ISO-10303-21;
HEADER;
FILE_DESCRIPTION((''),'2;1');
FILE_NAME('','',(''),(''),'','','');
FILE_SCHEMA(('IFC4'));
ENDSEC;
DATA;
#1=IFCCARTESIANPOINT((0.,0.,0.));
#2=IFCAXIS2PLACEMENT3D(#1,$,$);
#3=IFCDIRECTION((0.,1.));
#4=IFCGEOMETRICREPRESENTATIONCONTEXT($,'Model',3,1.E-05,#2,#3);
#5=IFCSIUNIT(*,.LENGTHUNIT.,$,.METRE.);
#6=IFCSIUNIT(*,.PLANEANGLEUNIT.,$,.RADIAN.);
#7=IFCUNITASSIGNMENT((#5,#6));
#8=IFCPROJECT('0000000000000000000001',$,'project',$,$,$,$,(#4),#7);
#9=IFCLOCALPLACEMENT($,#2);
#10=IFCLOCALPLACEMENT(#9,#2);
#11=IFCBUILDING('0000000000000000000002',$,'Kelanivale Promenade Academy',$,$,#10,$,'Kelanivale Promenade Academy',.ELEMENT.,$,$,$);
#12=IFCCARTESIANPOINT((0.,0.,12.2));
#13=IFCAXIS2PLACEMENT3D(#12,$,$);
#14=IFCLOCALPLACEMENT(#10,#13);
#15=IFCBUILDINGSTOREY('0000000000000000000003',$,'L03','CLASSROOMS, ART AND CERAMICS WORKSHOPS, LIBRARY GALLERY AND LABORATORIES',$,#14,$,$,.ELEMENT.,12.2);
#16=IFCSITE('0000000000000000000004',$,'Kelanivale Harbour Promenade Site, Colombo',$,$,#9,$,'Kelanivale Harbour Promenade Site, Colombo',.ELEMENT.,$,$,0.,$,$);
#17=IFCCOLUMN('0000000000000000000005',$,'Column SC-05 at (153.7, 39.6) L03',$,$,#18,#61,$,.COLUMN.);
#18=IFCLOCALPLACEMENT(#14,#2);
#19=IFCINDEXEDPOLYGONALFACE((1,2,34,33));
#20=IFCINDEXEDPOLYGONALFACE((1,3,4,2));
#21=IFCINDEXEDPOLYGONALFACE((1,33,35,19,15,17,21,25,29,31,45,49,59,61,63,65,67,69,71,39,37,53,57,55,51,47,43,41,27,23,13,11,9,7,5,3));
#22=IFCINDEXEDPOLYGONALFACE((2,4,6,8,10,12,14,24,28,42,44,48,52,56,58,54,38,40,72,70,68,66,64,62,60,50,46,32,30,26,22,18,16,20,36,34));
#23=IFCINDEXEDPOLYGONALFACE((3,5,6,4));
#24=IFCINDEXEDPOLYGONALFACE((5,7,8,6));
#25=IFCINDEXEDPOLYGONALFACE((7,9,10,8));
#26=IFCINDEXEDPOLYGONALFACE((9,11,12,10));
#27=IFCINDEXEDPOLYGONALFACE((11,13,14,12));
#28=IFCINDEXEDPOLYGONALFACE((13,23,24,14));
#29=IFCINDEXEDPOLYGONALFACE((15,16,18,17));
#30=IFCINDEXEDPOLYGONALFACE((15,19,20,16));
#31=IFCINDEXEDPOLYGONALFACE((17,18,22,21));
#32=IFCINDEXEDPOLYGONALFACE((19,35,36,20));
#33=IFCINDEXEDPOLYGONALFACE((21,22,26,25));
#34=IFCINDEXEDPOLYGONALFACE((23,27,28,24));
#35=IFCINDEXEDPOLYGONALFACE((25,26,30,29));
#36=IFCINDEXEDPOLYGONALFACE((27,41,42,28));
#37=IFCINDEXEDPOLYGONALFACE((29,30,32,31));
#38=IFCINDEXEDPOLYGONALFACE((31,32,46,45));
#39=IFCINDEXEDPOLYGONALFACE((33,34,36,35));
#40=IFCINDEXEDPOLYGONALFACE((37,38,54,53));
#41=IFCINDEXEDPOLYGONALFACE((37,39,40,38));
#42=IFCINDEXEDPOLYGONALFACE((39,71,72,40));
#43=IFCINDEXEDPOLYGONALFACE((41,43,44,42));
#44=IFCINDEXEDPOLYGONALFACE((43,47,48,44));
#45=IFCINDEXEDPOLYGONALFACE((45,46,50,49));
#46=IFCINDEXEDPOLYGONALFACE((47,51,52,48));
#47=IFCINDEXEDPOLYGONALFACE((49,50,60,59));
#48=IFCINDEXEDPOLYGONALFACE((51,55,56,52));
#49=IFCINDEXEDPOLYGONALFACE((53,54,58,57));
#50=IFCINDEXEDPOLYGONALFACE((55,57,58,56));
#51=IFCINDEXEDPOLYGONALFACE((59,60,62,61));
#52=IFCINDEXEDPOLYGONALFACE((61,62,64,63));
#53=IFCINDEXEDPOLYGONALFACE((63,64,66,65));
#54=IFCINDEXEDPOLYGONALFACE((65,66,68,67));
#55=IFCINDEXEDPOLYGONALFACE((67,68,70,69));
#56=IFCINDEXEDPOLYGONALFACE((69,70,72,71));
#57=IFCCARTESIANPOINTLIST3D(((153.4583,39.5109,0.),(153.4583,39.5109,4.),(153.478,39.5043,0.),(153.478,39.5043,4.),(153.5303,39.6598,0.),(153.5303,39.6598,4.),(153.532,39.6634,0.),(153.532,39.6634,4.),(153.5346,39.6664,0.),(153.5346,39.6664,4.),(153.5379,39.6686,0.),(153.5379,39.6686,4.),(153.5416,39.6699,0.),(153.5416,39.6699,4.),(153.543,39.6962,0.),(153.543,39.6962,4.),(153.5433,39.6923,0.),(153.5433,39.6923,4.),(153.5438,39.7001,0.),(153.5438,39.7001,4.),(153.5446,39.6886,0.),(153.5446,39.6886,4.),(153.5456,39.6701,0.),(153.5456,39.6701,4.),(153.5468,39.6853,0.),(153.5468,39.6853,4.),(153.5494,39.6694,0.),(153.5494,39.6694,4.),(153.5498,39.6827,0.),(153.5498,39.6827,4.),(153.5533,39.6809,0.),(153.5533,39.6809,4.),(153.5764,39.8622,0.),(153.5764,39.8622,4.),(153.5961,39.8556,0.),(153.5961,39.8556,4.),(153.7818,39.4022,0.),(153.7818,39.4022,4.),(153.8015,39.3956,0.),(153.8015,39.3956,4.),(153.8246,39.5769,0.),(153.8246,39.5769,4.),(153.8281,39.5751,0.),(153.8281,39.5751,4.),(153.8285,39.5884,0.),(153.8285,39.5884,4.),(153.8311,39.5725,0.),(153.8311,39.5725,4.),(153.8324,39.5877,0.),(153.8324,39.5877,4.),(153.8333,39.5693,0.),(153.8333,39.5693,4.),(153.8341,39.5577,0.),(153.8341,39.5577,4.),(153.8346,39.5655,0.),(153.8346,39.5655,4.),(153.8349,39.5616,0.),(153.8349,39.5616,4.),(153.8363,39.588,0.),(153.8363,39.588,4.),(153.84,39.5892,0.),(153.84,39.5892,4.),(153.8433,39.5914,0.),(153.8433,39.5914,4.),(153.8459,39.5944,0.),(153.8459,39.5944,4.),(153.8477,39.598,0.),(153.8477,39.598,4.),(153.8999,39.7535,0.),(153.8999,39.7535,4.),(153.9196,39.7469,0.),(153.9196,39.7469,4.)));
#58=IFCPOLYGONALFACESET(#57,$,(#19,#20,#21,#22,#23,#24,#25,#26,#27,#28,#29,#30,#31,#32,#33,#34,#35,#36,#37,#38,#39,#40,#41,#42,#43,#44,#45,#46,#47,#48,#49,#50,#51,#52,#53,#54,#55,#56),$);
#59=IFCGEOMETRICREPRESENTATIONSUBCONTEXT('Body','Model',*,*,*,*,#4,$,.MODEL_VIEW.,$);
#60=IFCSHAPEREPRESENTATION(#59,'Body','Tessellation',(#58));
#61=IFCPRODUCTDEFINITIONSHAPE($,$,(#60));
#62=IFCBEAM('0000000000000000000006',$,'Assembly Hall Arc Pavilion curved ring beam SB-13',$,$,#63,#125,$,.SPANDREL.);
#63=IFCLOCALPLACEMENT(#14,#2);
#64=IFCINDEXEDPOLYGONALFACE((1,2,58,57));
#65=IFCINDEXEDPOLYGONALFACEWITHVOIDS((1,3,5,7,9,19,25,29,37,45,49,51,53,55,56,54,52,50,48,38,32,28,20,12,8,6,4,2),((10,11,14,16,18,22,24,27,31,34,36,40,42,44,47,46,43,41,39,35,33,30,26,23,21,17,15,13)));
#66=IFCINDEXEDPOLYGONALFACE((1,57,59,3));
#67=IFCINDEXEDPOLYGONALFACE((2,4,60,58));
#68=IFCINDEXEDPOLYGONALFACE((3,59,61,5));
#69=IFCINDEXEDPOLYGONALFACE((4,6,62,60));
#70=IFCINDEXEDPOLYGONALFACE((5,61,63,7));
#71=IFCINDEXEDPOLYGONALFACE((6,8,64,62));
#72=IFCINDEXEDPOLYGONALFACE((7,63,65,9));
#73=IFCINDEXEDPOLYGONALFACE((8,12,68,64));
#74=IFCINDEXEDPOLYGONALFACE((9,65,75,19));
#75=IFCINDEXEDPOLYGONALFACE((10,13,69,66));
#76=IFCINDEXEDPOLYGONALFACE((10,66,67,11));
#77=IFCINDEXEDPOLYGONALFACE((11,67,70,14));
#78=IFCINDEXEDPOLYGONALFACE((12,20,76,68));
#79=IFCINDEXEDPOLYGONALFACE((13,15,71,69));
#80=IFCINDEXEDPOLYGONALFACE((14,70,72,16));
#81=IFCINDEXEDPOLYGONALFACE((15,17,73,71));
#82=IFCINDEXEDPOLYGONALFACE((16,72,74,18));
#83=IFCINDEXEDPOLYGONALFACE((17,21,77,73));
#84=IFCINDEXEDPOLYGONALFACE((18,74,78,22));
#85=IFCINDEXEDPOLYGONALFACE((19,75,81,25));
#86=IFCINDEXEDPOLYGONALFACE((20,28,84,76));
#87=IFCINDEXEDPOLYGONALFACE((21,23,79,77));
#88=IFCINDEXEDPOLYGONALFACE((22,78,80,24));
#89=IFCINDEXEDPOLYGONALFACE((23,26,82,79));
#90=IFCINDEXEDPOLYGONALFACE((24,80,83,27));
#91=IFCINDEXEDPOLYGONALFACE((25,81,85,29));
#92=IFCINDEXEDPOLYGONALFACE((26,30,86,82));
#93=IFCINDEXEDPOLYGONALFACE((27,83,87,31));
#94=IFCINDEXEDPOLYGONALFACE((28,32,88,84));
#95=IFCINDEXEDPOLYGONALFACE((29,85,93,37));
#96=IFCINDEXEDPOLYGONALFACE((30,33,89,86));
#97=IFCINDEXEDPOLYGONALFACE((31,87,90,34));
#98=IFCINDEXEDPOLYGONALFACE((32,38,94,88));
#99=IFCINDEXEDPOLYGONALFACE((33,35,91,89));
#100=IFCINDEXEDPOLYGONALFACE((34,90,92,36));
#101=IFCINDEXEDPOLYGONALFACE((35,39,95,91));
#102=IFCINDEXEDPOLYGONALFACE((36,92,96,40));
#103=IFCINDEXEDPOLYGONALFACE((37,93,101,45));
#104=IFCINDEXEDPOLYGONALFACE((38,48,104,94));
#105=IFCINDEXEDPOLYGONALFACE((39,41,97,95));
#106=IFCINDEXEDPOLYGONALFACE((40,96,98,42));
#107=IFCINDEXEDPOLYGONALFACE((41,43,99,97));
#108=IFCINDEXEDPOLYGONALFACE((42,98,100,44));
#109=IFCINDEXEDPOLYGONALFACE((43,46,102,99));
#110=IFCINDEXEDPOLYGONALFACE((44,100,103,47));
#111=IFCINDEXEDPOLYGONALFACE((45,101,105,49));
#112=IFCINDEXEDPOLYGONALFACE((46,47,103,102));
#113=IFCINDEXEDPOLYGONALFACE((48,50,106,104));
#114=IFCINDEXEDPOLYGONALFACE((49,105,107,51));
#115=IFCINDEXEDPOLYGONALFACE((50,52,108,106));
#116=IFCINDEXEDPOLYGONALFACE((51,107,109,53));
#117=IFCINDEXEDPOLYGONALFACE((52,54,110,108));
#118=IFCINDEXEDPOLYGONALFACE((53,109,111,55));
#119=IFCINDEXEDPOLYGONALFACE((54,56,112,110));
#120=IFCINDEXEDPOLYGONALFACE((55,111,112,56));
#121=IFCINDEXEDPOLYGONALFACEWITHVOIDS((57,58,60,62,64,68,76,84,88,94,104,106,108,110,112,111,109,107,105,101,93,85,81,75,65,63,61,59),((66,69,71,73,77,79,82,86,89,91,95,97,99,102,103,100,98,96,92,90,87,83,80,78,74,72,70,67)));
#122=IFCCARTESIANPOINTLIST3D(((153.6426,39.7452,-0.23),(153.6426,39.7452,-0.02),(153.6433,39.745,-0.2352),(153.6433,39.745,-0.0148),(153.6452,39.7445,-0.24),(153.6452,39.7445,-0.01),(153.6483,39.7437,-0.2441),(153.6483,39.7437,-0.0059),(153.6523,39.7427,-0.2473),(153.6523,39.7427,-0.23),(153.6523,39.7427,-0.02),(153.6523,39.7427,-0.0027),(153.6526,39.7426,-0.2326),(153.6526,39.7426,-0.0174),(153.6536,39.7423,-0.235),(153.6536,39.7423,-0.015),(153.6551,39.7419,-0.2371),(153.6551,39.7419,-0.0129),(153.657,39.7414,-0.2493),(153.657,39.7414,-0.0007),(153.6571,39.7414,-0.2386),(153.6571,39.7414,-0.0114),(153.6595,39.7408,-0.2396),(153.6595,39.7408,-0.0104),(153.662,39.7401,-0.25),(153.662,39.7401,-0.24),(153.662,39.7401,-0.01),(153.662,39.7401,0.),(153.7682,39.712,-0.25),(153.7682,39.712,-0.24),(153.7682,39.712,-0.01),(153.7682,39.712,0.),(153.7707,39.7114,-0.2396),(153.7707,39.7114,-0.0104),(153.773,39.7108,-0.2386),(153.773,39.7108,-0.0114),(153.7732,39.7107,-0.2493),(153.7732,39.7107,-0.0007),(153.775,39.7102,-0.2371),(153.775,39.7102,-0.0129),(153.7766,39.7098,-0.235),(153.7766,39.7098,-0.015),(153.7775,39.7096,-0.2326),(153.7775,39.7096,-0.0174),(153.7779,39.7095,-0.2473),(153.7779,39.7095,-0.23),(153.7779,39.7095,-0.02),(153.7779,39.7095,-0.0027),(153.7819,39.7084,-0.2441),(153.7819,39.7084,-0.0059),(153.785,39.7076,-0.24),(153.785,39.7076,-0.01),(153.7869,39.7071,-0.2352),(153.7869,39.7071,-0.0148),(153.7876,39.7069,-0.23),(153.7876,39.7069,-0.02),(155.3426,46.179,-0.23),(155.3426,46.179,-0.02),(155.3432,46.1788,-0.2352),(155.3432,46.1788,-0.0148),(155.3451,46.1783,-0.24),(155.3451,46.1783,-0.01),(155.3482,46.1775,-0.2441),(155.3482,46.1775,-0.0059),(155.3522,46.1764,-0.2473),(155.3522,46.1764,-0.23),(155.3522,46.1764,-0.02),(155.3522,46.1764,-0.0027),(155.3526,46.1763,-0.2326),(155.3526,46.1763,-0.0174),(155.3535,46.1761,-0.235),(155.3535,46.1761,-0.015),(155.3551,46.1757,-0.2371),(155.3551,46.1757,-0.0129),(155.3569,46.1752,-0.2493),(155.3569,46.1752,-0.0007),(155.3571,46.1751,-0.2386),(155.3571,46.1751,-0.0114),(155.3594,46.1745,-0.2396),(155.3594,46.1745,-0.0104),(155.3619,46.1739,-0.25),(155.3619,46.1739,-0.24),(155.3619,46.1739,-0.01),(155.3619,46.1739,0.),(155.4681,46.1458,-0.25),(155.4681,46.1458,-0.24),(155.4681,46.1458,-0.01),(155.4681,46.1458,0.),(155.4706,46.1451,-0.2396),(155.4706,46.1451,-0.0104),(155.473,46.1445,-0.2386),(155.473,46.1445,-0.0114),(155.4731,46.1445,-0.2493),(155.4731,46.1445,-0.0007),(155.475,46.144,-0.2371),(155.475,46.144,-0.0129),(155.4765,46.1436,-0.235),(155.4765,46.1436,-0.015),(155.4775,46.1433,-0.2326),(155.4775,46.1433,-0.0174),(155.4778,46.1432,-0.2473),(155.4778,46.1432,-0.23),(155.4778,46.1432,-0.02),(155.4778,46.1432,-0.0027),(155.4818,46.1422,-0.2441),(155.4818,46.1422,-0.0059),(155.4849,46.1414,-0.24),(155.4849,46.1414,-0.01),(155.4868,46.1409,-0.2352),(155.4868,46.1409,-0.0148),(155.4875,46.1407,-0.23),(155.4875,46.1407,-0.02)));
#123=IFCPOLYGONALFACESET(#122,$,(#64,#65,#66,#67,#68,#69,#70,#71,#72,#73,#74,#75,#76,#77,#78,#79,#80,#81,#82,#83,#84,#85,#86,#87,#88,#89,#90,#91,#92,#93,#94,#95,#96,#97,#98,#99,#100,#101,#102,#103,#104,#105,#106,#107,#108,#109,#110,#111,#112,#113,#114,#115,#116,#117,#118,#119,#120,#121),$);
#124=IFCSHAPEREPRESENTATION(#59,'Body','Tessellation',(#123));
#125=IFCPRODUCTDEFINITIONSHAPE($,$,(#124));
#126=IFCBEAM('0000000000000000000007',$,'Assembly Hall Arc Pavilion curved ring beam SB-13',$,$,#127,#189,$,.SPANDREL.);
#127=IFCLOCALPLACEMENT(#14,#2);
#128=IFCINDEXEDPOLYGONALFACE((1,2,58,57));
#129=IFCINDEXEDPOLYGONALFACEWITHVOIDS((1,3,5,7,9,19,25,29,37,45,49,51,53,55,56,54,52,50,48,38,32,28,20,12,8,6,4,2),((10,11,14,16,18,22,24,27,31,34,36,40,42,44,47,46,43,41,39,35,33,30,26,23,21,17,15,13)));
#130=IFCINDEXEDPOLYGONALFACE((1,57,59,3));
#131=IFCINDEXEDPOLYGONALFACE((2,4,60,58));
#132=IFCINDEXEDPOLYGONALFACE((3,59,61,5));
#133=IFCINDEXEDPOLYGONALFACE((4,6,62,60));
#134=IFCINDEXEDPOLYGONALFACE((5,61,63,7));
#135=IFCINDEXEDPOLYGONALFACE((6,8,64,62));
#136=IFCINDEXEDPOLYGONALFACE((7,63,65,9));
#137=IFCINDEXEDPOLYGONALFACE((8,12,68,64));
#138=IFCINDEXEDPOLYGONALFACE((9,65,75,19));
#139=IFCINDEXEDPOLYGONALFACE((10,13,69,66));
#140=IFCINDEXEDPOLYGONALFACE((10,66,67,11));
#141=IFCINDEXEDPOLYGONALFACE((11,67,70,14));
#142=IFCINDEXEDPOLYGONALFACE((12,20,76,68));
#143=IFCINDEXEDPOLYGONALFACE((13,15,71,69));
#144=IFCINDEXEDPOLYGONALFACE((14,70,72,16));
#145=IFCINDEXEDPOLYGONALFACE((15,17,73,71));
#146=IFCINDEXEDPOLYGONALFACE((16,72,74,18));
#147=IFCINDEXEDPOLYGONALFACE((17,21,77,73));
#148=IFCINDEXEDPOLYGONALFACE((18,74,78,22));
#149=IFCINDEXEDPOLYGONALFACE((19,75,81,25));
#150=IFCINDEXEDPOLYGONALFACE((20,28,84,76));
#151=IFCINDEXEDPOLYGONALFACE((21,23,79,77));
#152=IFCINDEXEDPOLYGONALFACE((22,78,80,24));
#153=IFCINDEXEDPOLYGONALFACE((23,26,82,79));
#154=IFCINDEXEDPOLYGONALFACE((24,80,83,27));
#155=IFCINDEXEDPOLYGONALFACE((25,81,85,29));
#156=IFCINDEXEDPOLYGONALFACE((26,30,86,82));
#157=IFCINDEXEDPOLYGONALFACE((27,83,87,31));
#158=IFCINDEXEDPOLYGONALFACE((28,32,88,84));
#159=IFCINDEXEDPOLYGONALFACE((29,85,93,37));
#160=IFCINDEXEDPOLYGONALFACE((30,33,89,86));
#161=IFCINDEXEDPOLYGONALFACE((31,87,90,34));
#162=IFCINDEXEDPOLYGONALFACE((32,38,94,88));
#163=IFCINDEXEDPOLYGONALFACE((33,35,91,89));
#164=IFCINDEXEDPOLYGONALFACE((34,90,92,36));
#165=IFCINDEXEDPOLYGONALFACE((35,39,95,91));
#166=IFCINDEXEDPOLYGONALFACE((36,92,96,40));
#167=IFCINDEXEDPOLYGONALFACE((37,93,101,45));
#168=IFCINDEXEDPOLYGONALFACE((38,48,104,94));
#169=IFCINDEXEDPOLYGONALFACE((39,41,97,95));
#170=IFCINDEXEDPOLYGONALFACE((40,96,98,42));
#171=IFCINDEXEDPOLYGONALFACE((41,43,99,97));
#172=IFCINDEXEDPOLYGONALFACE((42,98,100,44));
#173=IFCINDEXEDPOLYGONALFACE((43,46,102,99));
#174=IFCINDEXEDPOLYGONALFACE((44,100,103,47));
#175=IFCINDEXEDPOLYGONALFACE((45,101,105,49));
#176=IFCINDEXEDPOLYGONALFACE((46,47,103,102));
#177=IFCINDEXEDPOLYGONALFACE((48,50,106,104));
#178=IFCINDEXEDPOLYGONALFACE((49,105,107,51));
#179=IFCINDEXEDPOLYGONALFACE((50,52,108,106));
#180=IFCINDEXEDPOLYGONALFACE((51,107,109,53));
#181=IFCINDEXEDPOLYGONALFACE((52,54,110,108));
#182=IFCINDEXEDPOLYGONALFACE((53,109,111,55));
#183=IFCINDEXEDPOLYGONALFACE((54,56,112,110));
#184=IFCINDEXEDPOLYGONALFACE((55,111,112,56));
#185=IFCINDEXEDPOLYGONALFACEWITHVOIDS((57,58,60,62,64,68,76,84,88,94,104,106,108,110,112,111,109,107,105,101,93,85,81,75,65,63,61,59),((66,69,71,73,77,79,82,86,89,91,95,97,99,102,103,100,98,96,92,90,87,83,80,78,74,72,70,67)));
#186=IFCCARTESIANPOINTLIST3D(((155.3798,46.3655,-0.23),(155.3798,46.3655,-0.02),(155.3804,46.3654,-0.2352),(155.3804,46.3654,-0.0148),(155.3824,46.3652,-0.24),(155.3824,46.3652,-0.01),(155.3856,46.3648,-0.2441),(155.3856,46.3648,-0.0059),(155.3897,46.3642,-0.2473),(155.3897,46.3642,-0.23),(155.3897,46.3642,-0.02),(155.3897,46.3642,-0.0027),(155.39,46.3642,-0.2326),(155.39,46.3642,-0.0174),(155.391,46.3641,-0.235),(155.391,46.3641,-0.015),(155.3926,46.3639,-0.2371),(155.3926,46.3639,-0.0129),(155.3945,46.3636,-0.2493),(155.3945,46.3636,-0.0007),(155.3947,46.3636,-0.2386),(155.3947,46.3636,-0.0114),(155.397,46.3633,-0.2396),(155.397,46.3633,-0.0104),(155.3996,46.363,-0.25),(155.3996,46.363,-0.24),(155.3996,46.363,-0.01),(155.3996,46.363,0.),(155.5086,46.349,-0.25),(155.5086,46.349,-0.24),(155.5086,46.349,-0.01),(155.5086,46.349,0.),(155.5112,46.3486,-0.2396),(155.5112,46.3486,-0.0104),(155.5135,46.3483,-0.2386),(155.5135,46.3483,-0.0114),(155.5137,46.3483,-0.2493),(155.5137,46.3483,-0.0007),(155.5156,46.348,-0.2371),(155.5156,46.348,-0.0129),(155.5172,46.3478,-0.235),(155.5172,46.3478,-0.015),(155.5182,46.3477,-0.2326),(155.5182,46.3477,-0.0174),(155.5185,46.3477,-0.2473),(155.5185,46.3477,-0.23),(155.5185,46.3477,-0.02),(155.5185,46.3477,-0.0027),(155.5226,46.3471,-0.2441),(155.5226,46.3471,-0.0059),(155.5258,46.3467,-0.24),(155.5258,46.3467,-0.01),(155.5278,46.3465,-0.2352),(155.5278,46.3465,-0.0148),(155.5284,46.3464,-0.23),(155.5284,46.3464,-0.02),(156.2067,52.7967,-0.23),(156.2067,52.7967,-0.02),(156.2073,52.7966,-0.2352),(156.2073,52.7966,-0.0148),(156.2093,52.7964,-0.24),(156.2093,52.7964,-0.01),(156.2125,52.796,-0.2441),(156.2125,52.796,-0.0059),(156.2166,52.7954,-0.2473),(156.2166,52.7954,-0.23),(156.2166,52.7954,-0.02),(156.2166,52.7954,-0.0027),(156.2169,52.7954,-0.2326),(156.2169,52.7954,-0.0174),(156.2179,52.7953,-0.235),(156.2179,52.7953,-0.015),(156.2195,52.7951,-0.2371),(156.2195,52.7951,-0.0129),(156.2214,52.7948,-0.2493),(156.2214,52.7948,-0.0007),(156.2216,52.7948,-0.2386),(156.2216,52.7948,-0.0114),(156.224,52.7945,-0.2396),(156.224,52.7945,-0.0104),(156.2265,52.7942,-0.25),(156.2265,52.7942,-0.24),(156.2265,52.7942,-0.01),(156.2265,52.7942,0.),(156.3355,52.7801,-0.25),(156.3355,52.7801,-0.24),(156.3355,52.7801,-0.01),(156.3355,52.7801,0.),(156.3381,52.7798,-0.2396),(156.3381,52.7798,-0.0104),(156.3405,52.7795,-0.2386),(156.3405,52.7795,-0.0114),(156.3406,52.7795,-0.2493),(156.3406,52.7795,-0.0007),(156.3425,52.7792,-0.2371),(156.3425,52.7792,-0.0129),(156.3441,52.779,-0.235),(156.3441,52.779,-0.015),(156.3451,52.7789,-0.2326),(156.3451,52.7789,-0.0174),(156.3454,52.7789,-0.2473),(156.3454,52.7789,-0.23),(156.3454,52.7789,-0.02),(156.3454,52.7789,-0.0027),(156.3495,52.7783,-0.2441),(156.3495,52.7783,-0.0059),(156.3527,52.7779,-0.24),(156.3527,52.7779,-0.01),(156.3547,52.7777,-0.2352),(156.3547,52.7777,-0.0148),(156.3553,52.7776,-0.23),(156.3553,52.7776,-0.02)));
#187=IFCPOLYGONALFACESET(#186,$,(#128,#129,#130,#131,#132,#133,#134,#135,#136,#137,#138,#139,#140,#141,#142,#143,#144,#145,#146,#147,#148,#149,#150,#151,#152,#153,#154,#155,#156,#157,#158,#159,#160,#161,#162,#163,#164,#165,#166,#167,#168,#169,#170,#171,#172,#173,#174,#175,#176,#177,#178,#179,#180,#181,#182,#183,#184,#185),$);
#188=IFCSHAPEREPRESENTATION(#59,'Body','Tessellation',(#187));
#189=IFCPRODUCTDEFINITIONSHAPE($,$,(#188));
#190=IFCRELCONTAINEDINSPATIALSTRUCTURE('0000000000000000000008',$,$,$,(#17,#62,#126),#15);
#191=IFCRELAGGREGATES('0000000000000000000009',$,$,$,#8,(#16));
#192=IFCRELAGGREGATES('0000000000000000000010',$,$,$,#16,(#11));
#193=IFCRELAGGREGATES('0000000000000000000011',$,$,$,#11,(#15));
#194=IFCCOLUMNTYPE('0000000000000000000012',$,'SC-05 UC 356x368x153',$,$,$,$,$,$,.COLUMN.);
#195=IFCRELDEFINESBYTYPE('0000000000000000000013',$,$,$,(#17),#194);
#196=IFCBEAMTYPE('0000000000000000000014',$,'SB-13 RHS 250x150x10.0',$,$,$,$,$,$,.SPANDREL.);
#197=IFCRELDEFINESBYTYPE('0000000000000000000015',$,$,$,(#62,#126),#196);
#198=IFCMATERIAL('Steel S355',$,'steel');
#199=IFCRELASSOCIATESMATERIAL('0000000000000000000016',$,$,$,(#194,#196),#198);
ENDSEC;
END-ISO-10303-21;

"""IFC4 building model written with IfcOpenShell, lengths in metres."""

from ifc_helpers import new_model, si_unit, direction, frame, origin, origin_2d, place, context, subcontext, project, spatial, hollow_rectangle, i_section, extrude, material, material_profile, profile_set, type_object, element, save


model = new_model("IFC4")

# Units and contexts
model_context = context("Model", 3, precision=1e-05, world=origin(), true_north=direction((0.0, 1.0)))
body_context = subcontext(model_context, "Body", "Model", "MODEL_VIEW")
ifc_project = project(units=[si_unit("LENGTHUNIT", "METRE"), si_unit("PLANEANGLEUNIT", "RADIAN")], contexts=[model_context])

# Site, building, storey
site_placement = place(None, origin())
site = spatial("IfcSite", under=ifc_project, at=site_placement, Name="Kelanivale Harbour Promenade Site, Colombo", LongName="Kelanivale Harbour Promenade Site, Colombo", CompositionType="ELEMENT", RefElevation=0.0)
building_placement = place(site_placement, origin())
building = spatial("IfcBuilding", under=site, at=building_placement, Name="Kelanivale Promenade Academy", LongName="Kelanivale Promenade Academy", CompositionType="ELEMENT")
storey_placement = place(building_placement, frame((0.0, 0.0, 12.2)))
storey = spatial("IfcBuildingStorey", under=building, at=storey_placement, Name="L03", Description="CLASSROOMS, ART AND CERAMICS WORKSHOPS, LIBRARY GALLERY AND LABORATORIES", CompositionType="ELEMENT", Elevation=12.2)

# Column
ifc_material_1 = material(Name="Steel S355", Category="steel")
ifc_material_profile_1 = material_profile(ifc_material_1, i_section(OverallWidth=0.3706, OverallDepth=0.3621, WebThickness=0.0122, FlangeThickness=0.0208, FilletRadius=0.0151, at=origin_2d()), Name="UC 356x368x153")
ifc_profile_set_1 = profile_set([ifc_material_profile_1], Name="Steel S355")
column_type_1 = type_object("IfcColumnType", Name="SC-05 UC 356x368x153", PredefinedType="COLUMN", material=ifc_profile_set_1)
column_1_placement = place(storey_placement, frame((153.689, 39.6289, 0.0), z_axis=(0.0, 0.0, 1.0), x_axis=(0.318628, 0.94788, 0.0)))
element("IfcColumn", 1, at=column_1_placement, inside=storey, type_object=column_type_1, Name="Column SC-05 at (153.7, 39.6) L03", PredefinedType="COLUMN", context=body_context, shape_type="SweptSolid", body=[
    extrude(i_section(OverallWidth=0.3706, OverallDepth=0.3621, WebThickness=0.0122, FlangeThickness=0.0208, FilletRadius=0.0151, at=origin_2d()), origin(), (0.0, 0.0, 1.0), 4.0),
])

# Beams
ifc_material_profile_2 = material_profile(ifc_material_1, hollow_rectangle(XDim=0.1499, YDim=0.25, WallThickness=0.01, InnerFilletRadius=0.01, OuterFilletRadius=0.02, at=origin_2d()), Name="RHS 250x150x10.0")
ifc_profile_set_2 = profile_set([ifc_material_profile_2], Name="Steel S355")
beam_type = type_object("IfcBeamType", Name="SB-13 RHS 250x150x10.0", PredefinedType="SPANDREL", material=ifc_profile_set_2)
beam_1_placement = place(storey_placement, frame((153.7151, 39.7261, -0.125), z_axis=(0.255454, 0.966821, 0.0), x_axis=(-0.966821, 0.255454, 0.0)))
element("IfcBeam", 2, at=beam_1_placement, inside=storey, type_object=beam_type, Name="Assembly Hall Arc Pavilion curved ring beam SB-13", PredefinedType="SPANDREL", context=body_context, shape_type="SweptSolid", body=[
    extrude(hollow_rectangle(XDim=0.1499, YDim=0.25, WallThickness=0.01, InnerFilletRadius=0.01, OuterFilletRadius=0.02, at=origin_2d()), origin(), (0.0, 0.0, 1.0), 6.6545),
])
beam_2_placement = place(storey_placement, frame((155.4541, 46.356, -0.125), z_axis=(0.127528, 0.991835, 0.0), x_axis=(-0.991835, 0.127528, 0.0)))
element("IfcBeam", 3, at=beam_2_placement, inside=storey, type_object=beam_type, Name="Assembly Hall Arc Pavilion curved ring beam SB-13", PredefinedType="SPANDREL", context=body_context, shape_type="SweptSolid", body=[
    extrude(hollow_rectangle(XDim=0.1499, YDim=0.25, WallThickness=0.01, InnerFilletRadius=0.01, OuterFilletRadius=0.02, at=origin_2d()), origin(), (0.0, 0.0, 1.0), 6.4841),
])

save(model, "model.ifc")
